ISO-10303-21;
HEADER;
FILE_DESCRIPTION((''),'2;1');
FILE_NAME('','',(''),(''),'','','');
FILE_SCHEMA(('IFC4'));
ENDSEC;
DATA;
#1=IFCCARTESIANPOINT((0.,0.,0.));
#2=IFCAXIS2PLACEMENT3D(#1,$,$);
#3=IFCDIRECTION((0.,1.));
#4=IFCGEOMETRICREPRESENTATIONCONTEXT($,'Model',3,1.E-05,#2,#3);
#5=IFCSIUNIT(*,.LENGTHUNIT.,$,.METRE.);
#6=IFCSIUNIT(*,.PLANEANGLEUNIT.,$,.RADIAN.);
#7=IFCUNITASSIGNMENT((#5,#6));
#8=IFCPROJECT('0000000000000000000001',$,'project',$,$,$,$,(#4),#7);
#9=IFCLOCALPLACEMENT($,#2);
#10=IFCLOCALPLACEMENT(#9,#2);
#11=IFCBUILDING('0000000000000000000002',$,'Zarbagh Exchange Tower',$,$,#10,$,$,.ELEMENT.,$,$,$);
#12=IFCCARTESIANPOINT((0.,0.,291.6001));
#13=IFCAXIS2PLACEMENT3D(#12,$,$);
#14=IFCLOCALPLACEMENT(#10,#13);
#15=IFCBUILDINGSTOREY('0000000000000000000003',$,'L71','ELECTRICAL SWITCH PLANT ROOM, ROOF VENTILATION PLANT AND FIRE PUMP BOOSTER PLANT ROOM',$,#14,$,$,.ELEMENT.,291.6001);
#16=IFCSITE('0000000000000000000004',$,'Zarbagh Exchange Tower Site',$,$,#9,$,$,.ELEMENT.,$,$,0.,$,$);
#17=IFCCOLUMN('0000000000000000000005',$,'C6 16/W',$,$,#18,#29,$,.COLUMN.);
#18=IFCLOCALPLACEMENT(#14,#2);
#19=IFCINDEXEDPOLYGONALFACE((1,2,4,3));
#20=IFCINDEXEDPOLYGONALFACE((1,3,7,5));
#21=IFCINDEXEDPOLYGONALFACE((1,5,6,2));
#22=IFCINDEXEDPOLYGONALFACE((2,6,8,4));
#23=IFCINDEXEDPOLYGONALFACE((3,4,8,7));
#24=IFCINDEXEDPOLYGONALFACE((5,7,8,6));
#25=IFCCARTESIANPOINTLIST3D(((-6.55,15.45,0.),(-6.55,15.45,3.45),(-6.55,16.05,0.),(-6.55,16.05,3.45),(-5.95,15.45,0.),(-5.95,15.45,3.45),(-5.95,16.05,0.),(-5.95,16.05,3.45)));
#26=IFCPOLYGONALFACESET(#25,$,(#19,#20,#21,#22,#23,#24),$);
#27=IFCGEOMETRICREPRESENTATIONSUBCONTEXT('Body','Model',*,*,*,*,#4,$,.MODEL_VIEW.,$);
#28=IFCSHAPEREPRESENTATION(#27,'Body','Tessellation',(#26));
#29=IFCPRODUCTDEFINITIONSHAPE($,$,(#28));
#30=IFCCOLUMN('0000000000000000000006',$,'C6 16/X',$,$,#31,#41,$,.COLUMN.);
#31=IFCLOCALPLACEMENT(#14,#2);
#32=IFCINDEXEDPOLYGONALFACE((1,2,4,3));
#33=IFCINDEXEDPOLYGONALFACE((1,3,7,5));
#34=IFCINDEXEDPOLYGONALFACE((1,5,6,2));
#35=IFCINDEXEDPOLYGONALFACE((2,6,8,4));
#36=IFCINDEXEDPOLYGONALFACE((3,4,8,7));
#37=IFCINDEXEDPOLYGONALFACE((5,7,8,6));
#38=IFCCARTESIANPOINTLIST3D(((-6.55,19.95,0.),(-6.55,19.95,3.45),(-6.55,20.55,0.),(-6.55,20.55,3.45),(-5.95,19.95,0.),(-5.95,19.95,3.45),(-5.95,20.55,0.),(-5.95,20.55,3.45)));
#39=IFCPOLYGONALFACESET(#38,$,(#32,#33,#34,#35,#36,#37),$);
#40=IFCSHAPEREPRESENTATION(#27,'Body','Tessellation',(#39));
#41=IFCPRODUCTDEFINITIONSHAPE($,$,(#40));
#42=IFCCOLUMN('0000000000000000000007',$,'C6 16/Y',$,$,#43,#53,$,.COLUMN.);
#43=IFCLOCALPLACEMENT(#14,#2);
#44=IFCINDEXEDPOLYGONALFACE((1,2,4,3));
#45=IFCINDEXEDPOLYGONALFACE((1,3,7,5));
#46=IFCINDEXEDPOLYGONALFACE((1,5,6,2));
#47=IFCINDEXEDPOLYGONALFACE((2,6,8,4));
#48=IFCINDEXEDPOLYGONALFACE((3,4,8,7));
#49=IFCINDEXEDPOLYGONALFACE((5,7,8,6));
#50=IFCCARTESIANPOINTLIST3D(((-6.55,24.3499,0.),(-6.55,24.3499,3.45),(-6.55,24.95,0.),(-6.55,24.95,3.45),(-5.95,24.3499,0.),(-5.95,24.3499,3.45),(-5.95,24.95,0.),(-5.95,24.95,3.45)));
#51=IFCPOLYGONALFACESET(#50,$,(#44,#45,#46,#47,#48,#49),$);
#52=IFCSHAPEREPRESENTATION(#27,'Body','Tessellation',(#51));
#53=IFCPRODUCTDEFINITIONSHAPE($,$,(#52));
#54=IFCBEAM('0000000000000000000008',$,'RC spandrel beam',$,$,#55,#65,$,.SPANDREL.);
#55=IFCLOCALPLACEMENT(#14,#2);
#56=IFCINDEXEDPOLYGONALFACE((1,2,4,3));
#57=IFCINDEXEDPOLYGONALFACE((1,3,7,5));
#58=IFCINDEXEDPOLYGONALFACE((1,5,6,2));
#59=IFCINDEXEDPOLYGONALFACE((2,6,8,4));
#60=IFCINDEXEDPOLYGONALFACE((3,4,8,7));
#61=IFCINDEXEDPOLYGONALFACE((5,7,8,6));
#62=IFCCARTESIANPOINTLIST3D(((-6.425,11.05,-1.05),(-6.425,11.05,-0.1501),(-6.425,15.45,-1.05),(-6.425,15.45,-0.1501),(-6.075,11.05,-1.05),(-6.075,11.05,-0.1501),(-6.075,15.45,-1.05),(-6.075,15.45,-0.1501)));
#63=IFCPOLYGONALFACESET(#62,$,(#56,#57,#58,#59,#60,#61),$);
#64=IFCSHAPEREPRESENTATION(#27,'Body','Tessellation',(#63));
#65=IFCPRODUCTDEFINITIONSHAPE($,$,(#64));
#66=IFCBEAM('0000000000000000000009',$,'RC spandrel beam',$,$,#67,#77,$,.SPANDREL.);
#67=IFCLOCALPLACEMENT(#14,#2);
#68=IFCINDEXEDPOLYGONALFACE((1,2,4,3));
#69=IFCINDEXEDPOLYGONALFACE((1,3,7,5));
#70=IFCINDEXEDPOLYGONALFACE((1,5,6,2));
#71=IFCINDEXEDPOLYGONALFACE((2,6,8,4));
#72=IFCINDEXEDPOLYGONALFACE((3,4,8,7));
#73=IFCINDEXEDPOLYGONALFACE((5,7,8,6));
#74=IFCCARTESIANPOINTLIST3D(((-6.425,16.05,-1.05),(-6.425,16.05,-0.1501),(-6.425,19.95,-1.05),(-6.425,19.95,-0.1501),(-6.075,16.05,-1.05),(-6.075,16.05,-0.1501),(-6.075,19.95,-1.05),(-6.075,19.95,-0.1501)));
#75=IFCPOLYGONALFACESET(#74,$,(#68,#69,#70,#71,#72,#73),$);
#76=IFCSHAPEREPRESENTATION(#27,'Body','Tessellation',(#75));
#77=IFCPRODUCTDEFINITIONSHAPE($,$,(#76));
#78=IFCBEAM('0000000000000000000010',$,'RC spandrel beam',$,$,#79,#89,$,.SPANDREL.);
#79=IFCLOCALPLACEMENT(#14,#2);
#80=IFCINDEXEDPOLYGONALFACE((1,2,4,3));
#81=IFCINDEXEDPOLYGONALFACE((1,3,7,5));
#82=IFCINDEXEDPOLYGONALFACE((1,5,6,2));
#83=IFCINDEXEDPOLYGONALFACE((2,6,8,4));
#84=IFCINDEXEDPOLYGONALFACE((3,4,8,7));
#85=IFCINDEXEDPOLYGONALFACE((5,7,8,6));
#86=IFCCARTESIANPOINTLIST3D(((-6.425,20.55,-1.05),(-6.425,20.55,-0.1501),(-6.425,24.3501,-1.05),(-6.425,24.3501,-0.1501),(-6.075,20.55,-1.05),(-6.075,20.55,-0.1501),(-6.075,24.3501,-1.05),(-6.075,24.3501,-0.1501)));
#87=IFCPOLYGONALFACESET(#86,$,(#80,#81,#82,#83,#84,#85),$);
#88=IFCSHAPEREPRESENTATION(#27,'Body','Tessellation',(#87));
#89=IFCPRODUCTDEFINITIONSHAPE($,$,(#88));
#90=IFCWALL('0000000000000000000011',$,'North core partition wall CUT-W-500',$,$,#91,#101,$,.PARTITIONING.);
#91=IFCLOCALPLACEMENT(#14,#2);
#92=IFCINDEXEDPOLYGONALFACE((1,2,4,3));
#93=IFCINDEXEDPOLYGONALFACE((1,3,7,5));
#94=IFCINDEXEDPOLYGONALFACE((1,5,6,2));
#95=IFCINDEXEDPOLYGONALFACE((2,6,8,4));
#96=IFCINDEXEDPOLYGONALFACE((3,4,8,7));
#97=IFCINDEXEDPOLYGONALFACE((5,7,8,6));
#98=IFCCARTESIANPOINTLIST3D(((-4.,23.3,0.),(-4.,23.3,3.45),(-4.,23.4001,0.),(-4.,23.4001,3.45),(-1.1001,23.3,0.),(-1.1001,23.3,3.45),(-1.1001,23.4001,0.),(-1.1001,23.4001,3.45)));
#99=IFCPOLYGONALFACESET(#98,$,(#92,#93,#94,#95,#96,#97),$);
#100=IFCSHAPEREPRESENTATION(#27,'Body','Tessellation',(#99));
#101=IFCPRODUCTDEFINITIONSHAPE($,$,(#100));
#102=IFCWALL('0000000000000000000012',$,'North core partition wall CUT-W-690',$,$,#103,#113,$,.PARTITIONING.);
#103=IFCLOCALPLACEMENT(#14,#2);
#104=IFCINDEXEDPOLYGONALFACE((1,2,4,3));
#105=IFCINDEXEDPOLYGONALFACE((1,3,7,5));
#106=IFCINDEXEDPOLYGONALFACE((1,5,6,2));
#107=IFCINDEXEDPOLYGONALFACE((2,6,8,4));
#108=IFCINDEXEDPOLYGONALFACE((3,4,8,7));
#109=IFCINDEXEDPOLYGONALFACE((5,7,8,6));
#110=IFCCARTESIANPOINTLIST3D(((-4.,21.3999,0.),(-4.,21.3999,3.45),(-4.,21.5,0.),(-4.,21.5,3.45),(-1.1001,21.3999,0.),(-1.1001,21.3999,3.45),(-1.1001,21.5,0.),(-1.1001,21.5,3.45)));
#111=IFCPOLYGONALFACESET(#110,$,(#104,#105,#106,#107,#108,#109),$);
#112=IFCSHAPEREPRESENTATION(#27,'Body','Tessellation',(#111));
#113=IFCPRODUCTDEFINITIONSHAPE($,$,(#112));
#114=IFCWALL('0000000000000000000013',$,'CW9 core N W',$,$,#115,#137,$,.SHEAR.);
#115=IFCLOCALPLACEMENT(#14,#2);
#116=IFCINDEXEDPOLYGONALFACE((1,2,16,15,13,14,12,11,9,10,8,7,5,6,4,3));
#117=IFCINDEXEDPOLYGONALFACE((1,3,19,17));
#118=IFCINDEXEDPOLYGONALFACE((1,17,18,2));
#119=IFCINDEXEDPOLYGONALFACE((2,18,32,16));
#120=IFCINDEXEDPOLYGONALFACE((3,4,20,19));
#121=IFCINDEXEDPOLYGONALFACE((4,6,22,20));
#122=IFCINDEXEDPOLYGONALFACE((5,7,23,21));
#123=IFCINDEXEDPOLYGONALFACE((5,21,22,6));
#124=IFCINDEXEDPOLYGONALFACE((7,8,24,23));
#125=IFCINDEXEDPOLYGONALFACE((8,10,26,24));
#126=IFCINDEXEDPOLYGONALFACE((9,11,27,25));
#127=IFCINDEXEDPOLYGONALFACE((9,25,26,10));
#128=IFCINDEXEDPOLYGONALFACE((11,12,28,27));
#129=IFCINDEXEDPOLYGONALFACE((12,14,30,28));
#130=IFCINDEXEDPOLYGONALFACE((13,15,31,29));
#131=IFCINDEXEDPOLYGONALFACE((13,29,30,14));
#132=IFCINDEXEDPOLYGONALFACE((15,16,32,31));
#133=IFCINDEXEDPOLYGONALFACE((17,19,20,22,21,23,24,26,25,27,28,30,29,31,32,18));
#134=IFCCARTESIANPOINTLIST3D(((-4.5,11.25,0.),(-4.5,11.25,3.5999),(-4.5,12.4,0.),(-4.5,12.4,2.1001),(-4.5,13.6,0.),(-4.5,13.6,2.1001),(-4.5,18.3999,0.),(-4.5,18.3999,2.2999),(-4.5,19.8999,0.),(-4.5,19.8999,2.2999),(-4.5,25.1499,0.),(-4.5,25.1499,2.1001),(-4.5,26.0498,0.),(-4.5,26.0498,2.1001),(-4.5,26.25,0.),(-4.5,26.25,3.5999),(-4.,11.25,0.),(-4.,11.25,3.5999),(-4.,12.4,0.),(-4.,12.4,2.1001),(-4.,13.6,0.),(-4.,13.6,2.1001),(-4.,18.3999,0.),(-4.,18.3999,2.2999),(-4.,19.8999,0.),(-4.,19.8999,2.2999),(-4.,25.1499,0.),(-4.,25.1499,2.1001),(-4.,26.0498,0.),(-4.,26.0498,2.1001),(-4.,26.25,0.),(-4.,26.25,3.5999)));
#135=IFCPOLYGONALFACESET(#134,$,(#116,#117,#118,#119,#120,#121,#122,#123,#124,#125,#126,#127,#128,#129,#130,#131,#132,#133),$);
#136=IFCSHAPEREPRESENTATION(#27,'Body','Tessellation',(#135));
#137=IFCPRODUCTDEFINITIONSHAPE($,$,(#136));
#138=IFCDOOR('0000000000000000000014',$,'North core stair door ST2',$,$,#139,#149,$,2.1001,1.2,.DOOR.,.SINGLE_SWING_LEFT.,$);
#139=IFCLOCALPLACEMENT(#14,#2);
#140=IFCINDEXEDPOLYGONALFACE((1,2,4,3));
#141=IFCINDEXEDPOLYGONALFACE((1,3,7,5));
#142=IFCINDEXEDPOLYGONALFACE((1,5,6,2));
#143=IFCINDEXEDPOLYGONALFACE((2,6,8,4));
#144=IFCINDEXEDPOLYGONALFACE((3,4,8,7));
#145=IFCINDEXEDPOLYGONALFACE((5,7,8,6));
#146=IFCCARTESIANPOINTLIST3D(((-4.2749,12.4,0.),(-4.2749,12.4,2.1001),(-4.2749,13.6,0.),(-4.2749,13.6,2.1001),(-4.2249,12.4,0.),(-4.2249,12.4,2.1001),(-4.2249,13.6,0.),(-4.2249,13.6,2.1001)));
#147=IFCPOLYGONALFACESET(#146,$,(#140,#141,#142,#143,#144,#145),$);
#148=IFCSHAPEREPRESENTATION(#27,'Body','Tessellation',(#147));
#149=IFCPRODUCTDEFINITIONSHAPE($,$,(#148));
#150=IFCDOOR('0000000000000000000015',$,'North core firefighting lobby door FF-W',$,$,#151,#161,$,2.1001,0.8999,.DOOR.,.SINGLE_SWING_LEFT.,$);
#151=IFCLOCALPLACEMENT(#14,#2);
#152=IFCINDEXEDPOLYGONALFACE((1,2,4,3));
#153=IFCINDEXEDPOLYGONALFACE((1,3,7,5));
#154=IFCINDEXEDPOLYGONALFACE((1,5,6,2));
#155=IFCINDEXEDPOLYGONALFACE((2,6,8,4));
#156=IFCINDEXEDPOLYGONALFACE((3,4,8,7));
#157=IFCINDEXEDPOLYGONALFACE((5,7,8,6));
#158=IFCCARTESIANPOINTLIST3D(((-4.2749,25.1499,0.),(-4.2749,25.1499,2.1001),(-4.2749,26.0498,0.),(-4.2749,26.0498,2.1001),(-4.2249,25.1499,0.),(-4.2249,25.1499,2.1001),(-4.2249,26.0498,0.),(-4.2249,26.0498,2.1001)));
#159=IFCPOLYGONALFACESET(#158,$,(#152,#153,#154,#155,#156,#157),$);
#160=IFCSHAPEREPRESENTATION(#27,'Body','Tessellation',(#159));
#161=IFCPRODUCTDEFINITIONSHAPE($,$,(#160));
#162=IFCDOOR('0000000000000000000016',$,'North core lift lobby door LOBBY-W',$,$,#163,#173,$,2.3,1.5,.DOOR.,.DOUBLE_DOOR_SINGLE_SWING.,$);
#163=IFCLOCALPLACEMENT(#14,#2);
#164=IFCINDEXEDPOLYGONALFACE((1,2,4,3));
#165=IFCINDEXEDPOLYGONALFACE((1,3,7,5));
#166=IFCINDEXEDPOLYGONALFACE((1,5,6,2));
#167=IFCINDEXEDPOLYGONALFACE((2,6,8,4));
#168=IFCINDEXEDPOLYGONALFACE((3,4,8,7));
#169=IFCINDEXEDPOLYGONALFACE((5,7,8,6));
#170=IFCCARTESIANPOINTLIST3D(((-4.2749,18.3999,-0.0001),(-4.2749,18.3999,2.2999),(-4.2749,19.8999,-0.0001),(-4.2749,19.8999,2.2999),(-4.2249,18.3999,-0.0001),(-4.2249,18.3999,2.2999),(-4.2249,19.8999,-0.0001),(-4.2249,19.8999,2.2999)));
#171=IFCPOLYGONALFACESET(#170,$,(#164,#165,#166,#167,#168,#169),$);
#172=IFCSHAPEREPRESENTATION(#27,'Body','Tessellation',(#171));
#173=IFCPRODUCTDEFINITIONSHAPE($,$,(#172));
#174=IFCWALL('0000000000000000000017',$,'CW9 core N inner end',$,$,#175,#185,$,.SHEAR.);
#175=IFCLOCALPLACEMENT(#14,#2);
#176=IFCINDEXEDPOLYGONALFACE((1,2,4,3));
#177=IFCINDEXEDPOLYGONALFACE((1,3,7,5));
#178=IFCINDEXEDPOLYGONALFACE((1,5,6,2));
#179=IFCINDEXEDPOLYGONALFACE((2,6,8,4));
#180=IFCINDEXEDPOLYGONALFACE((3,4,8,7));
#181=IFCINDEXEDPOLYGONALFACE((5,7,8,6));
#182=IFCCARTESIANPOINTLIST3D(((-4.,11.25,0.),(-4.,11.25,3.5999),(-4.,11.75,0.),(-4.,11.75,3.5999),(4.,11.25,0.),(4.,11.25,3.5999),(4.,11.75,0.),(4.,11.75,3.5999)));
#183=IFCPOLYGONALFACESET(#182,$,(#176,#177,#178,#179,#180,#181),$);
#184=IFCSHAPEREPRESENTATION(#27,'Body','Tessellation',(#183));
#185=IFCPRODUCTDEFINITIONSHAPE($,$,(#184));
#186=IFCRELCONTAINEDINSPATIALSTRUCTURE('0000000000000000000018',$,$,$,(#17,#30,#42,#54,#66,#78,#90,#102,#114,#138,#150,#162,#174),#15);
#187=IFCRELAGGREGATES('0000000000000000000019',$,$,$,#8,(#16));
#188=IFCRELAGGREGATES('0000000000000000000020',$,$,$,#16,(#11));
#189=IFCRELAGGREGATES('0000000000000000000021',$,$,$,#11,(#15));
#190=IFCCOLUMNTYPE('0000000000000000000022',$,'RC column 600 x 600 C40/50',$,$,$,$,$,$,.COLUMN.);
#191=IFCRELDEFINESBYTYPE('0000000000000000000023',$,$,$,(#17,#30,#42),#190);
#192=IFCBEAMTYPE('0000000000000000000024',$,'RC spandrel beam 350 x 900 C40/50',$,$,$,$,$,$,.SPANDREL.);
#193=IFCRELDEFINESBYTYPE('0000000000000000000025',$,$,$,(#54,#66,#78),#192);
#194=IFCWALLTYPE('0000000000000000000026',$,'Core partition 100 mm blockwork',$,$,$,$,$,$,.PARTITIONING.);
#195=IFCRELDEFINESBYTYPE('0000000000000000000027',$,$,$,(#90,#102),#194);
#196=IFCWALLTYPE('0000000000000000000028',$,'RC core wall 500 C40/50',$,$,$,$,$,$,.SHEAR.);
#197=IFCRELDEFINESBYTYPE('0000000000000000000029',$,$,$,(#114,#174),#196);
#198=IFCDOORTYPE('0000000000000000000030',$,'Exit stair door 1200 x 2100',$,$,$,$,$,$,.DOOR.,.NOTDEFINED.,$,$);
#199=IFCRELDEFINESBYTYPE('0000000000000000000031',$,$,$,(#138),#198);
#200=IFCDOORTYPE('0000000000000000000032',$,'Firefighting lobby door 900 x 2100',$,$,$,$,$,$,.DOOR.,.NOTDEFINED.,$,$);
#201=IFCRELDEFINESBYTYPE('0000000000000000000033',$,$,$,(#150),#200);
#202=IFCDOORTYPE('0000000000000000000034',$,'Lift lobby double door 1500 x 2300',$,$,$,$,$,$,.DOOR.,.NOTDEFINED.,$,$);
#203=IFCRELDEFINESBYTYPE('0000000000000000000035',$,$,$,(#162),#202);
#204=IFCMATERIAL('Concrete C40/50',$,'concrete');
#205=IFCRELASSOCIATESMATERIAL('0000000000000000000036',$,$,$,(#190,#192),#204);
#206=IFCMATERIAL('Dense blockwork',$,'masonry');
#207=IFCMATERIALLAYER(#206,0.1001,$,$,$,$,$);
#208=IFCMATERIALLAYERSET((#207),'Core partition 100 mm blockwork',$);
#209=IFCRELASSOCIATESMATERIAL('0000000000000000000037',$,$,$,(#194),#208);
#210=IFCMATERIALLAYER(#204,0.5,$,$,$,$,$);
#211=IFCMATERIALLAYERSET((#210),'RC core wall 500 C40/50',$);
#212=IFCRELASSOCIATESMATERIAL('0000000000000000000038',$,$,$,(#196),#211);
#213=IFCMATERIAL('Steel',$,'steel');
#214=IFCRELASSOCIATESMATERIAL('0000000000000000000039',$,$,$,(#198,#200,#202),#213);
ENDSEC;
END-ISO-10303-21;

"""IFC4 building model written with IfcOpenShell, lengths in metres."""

from ifc_helpers import new_model, si_unit, direction, frame, frame_2d, origin, origin_2d, place, context, subcontext, project, spatial, rectangle, extrude, material, layer, layer_set, material_profile, profile_set, type_object, element, fill, save


model = new_model("IFC4")

# Units and contexts
model_context = context("Model", 3, precision=1e-05, world=origin(), true_north=direction((0.0, 1.0)))
body_context = subcontext(model_context, "Body", "Model", "MODEL_VIEW")
ifc_project = project(units=[si_unit("LENGTHUNIT", "METRE"), si_unit("PLANEANGLEUNIT", "RADIAN")], contexts=[model_context])

# Site, building, storey
site_placement = place(None, origin())
site = spatial("IfcSite", under=ifc_project, at=site_placement, Name="Zarbagh Exchange Tower Site", CompositionType="ELEMENT", RefElevation=0.0)
building_placement = place(site_placement, origin())
building = spatial("IfcBuilding", under=site, at=building_placement, Name="Zarbagh Exchange Tower", CompositionType="ELEMENT")
storey_placement = place(building_placement, frame((0.0, 0.0, 291.6001)))
storey = spatial("IfcBuildingStorey", under=building, at=storey_placement, Name="L71", Description="ELECTRICAL SWITCH PLANT ROOM, ROOF VENTILATION PLANT AND FIRE PUMP BOOSTER PLANT ROOM", CompositionType="ELEMENT", Elevation=291.6001)

# Columns
ifc_material_1 = material(Name="Concrete C40/50", Category="concrete")
ifc_material_profile_1 = material_profile(ifc_material_1, rectangle(XDim=0.6001, YDim=0.6001, at=origin_2d()), Name="RC column 600 x 600 C40/50")
ifc_profile_set_1 = profile_set([ifc_material_profile_1], Name="Concrete C40/50")
column_type = type_object("IfcColumnType", Name="RC column 600 x 600 C40/50", PredefinedType="COLUMN", material=ifc_profile_set_1)
for number, where, z_axis, x_axis, name in (
    (1, (-6.25, 15.75, 0.0), (0.0, 0.0, 1.0), (1.0, 0.0, 0.0), "C6 16/W"),
    (2, (-6.25, 20.25, 0.0), (0.0, 0.0, 1.0), (1.0, 0.0, 0.0), "C6 16/X"),
    (3, (-6.25, 24.6499, 0.0), (0.0, 0.0, 1.0), (1.0, 0.0, 0.0), "C6 16/Y"),
):
    element("IfcColumn", number, at=place(storey_placement, frame(where, z_axis=z_axis, x_axis=x_axis)), inside=storey, type_object=column_type, Name=name, PredefinedType="COLUMN", context=body_context, shape_type="SweptSolid", body=[
        extrude(rectangle(XDim=0.6001, YDim=0.6001, at=origin_2d()), origin(), (0.0, 0.0, 1.0), 3.45),
    ])

# Beams
ifc_material_profile_2 = material_profile(ifc_material_1, rectangle(XDim=0.3501, YDim=0.8999, at=origin_2d()), Name="RC spandrel beam 350 x 900 C40/50")
ifc_profile_set_2 = profile_set([ifc_material_profile_2], Name="Concrete C40/50")
beam_type = type_object("IfcBeamType", Name="RC spandrel beam 350 x 900 C40/50", PredefinedType="SPANDREL", material=ifc_profile_set_2)
beam_1_placement = place(storey_placement, frame((-6.25, 11.05, -0.6001), z_axis=(0.0, 1.0, 0.0), x_axis=(-1.0, 0.0, 0.0)))
element("IfcBeam", 4, at=beam_1_placement, inside=storey, type_object=beam_type, Name="RC spandrel beam", PredefinedType="SPANDREL", context=body_context, shape_type="SweptSolid", body=[
    extrude(rectangle(XDim=0.3501, YDim=0.8999, at=origin_2d()), origin(), (0.0, 0.0, 1.0), 4.3999),
])
beam_2_placement = place(storey_placement, frame((-6.25, 16.05, -0.6001), z_axis=(0.0, 1.0, 0.0), x_axis=(-1.0, 0.0, 0.0)))
element("IfcBeam", 5, at=beam_2_placement, inside=storey, type_object=beam_type, Name="RC spandrel beam", PredefinedType="SPANDREL", context=body_context, shape_type="SweptSolid", body=[
    extrude(rectangle(XDim=0.3501, YDim=0.8999, at=origin_2d()), origin(), (0.0, 0.0, 1.0), 3.8999),
])
beam_3_placement = place(storey_placement, frame((-6.25, 20.55, -0.6001), z_axis=(0.0, 1.0, 0.0), x_axis=(-1.0, 0.0, 0.0)))
element("IfcBeam", 6, at=beam_3_placement, inside=storey, type_object=beam_type, Name="RC spandrel beam", PredefinedType="SPANDREL", context=body_context, shape_type="SweptSolid", body=[
    extrude(rectangle(XDim=0.3501, YDim=0.8999, at=origin_2d()), origin(), (0.0, 0.0, 1.0), 3.8),
])

# Walls
ifc_material_2 = material(Name="Dense blockwork", Category="masonry")
ifc_layer_1 = layer(ifc_material_2, 0.1001)
ifc_layer_set_1 = layer_set([ifc_layer_1], Name="Core partition 100 mm blockwork")
wall_type_1 = type_object("IfcWallType", Name="Core partition 100 mm blockwork", PredefinedType="PARTITIONING", material=ifc_layer_set_1)
for number, where, z_axis, x_axis, name in (
    (7, (-4.0, 23.3501, 0.0), (0.0, 0.0, 1.0), (1.0, 0.0, 0.0), "North core partition wall CUT-W-500"),
    (8, (-4.0, 21.45, 0.0), (0.0, 0.0, 1.0), (1.0, 0.0, 0.0), "North core partition wall CUT-W-690"),
):
    element("IfcWall", number, at=place(storey_placement, frame(where, z_axis=z_axis, x_axis=x_axis)), inside=storey, type_object=wall_type_1, Name=name, PredefinedType="PARTITIONING", context=body_context, shape_type="SweptSolid", body=[
        extrude(rectangle(XDim=2.8999, YDim=0.1001, at=frame_2d((1.45, 0.0))), origin(), (0.0, 0.0, 1.0), 3.45),
    ])

# Wall, openings, doors
ifc_layer_2 = layer(ifc_material_1, 0.5)
ifc_layer_set_2 = layer_set([ifc_layer_2], Name="RC core wall 500 C40/50")
wall_type_2 = type_object("IfcWallType", Name="RC core wall 500 C40/50", PredefinedType="SHEAR", material=ifc_layer_set_2)
wall_1_placement = place(storey_placement, frame((-4.25, 11.25, 0.0), z_axis=(0.0, 0.0, 1.0), x_axis=(0.0, 1.0, 0.0)))
wall_1 = element("IfcWall", 9, at=wall_1_placement, inside=storey, type_object=wall_type_2, Name="CW9 core N W", PredefinedType="SHEAR", context=body_context, shape_type="SweptSolid", body=[
    extrude(rectangle(XDim=15.0, YDim=0.5, at=frame_2d((7.5, 0.0))), origin(), (0.0, 0.0, 1.0), 3.5999),
])
opening_1_placement = place(wall_1_placement, frame((7.1499, 0.0, 0.0)))
opening_1 = element("IfcOpeningElement", 10, at=opening_1_placement, cuts=wall_1, PredefinedType="OPENING", context=body_context, shape_type="SweptSolid", body=[
    extrude(rectangle(XDim=1.5, YDim=2.3, at=frame_2d((0.75, 1.1499))), frame((0.0, 0.26, 0.0), z_axis=(0.0, -1.0, 0.0), x_axis=(1.0, 0.0, 0.0)), (0.0, 0.0, 1.0), 0.52),
])
opening_2_placement = place(wall_1_placement, frame((13.8999, 0.0, 0.0)))
opening_2 = element("IfcOpeningElement", 11, at=opening_2_placement, cuts=wall_1, PredefinedType="OPENING", context=body_context, shape_type="SweptSolid", body=[
    extrude(rectangle(XDim=0.8999, YDim=2.1001, at=frame_2d((0.45, 1.05))), frame((0.0, 0.26, 0.0), z_axis=(0.0, -1.0, 0.0), x_axis=(1.0, 0.0, 0.0)), (0.0, 0.0, 1.0), 0.52),
])
opening_3_placement = place(wall_1_placement, frame((1.1499, 0.0, 0.0)))
opening_3 = element("IfcOpeningElement", 12, at=opening_3_placement, cuts=wall_1, PredefinedType="OPENING", context=body_context, shape_type="SweptSolid", body=[
    extrude(rectangle(XDim=1.2, YDim=2.1001, at=frame_2d((0.6001, 1.05))), frame((0.0, 0.26, 0.0), z_axis=(0.0, -1.0, 0.0), x_axis=(1.0, 0.0, 0.0)), (0.0, 0.0, 1.0), 0.52),
])
ifc_material_3 = material(Name="Steel", Category="steel")
door_type_1 = type_object("IfcDoorType", Name="Exit stair door 1200 x 2100", OperationType="NOTDEFINED", PredefinedType="DOOR", material=ifc_material_3)
door_1_placement = place(opening_3_placement, origin())
door_1 = element("IfcDoor", 13, at=door_1_placement, inside=storey, type_object=door_type_1, Name="North core stair door ST2", OperationType="SINGLE_SWING_LEFT", OverallHeight=2.1001, OverallWidth=1.2, PredefinedType="DOOR", context=body_context, shape_type="SweptSolid", body=[
    extrude(rectangle(XDim=1.2, YDim=2.1001, at=frame_2d((0.6001, 1.05))), frame((0.0, 0.0249, 0.0), z_axis=(0.0, -1.0, 0.0), x_axis=(1.0, 0.0, 0.0)), (0.0, 0.0, 1.0), 0.05),
])
fill(opening_3, door_1)
door_type_2 = type_object("IfcDoorType", Name="Firefighting lobby door 900 x 2100", OperationType="NOTDEFINED", PredefinedType="DOOR", material=ifc_material_3)
door_2_placement = place(opening_2_placement, origin())
door_2 = element("IfcDoor", 14, at=door_2_placement, inside=storey, type_object=door_type_2, Name="North core firefighting lobby door FF-W", OperationType="SINGLE_SWING_LEFT", OverallHeight=2.1001, OverallWidth=0.8999, PredefinedType="DOOR", context=body_context, shape_type="SweptSolid", body=[
    extrude(rectangle(XDim=0.8999, YDim=2.1001, at=frame_2d((0.45, 1.05))), frame((0.0, 0.0249, 0.0), z_axis=(0.0, -1.0, 0.0), x_axis=(1.0, 0.0, 0.0)), (0.0, 0.0, 1.0), 0.05),
])
fill(opening_2, door_2)
door_type_3 = type_object("IfcDoorType", Name="Lift lobby double door 1500 x 2300", OperationType="NOTDEFINED", PredefinedType="DOOR", material=ifc_material_3)
door_3_placement = place(opening_1_placement, origin())
door_3 = element("IfcDoor", 15, at=door_3_placement, inside=storey, type_object=door_type_3, Name="North core lift lobby door LOBBY-W", OperationType="DOUBLE_DOOR_SINGLE_SWING", OverallHeight=2.3, OverallWidth=1.5, PredefinedType="DOOR", context=body_context, shape_type="SweptSolid", body=[
    extrude(rectangle(XDim=1.5, YDim=2.3, at=frame_2d((0.75, 1.1499))), frame((0.0, 0.0249, 0.0), z_axis=(0.0, -1.0, 0.0), x_axis=(1.0, 0.0, 0.0)), (0.0, 0.0, 1.0), 0.05),
])
fill(opening_1, door_3)

# Wall
wall_2_placement = place(storey_placement, frame((-4.0, 11.5, 0.0), z_axis=(0.0, 0.0, 1.0), x_axis=(1.0, 0.0, 0.0)))
element("IfcWall", 16, at=wall_2_placement, inside=storey, type_object=wall_type_2, Name="CW9 core N inner end", PredefinedType="SHEAR", context=body_context, shape_type="SweptSolid", body=[
    extrude(rectangle(XDim=8.0, YDim=0.5, at=frame_2d((4.0, 0.0))), origin(), (0.0, 0.0, 1.0), 3.5999),
])

save(model, "model.ifc")
